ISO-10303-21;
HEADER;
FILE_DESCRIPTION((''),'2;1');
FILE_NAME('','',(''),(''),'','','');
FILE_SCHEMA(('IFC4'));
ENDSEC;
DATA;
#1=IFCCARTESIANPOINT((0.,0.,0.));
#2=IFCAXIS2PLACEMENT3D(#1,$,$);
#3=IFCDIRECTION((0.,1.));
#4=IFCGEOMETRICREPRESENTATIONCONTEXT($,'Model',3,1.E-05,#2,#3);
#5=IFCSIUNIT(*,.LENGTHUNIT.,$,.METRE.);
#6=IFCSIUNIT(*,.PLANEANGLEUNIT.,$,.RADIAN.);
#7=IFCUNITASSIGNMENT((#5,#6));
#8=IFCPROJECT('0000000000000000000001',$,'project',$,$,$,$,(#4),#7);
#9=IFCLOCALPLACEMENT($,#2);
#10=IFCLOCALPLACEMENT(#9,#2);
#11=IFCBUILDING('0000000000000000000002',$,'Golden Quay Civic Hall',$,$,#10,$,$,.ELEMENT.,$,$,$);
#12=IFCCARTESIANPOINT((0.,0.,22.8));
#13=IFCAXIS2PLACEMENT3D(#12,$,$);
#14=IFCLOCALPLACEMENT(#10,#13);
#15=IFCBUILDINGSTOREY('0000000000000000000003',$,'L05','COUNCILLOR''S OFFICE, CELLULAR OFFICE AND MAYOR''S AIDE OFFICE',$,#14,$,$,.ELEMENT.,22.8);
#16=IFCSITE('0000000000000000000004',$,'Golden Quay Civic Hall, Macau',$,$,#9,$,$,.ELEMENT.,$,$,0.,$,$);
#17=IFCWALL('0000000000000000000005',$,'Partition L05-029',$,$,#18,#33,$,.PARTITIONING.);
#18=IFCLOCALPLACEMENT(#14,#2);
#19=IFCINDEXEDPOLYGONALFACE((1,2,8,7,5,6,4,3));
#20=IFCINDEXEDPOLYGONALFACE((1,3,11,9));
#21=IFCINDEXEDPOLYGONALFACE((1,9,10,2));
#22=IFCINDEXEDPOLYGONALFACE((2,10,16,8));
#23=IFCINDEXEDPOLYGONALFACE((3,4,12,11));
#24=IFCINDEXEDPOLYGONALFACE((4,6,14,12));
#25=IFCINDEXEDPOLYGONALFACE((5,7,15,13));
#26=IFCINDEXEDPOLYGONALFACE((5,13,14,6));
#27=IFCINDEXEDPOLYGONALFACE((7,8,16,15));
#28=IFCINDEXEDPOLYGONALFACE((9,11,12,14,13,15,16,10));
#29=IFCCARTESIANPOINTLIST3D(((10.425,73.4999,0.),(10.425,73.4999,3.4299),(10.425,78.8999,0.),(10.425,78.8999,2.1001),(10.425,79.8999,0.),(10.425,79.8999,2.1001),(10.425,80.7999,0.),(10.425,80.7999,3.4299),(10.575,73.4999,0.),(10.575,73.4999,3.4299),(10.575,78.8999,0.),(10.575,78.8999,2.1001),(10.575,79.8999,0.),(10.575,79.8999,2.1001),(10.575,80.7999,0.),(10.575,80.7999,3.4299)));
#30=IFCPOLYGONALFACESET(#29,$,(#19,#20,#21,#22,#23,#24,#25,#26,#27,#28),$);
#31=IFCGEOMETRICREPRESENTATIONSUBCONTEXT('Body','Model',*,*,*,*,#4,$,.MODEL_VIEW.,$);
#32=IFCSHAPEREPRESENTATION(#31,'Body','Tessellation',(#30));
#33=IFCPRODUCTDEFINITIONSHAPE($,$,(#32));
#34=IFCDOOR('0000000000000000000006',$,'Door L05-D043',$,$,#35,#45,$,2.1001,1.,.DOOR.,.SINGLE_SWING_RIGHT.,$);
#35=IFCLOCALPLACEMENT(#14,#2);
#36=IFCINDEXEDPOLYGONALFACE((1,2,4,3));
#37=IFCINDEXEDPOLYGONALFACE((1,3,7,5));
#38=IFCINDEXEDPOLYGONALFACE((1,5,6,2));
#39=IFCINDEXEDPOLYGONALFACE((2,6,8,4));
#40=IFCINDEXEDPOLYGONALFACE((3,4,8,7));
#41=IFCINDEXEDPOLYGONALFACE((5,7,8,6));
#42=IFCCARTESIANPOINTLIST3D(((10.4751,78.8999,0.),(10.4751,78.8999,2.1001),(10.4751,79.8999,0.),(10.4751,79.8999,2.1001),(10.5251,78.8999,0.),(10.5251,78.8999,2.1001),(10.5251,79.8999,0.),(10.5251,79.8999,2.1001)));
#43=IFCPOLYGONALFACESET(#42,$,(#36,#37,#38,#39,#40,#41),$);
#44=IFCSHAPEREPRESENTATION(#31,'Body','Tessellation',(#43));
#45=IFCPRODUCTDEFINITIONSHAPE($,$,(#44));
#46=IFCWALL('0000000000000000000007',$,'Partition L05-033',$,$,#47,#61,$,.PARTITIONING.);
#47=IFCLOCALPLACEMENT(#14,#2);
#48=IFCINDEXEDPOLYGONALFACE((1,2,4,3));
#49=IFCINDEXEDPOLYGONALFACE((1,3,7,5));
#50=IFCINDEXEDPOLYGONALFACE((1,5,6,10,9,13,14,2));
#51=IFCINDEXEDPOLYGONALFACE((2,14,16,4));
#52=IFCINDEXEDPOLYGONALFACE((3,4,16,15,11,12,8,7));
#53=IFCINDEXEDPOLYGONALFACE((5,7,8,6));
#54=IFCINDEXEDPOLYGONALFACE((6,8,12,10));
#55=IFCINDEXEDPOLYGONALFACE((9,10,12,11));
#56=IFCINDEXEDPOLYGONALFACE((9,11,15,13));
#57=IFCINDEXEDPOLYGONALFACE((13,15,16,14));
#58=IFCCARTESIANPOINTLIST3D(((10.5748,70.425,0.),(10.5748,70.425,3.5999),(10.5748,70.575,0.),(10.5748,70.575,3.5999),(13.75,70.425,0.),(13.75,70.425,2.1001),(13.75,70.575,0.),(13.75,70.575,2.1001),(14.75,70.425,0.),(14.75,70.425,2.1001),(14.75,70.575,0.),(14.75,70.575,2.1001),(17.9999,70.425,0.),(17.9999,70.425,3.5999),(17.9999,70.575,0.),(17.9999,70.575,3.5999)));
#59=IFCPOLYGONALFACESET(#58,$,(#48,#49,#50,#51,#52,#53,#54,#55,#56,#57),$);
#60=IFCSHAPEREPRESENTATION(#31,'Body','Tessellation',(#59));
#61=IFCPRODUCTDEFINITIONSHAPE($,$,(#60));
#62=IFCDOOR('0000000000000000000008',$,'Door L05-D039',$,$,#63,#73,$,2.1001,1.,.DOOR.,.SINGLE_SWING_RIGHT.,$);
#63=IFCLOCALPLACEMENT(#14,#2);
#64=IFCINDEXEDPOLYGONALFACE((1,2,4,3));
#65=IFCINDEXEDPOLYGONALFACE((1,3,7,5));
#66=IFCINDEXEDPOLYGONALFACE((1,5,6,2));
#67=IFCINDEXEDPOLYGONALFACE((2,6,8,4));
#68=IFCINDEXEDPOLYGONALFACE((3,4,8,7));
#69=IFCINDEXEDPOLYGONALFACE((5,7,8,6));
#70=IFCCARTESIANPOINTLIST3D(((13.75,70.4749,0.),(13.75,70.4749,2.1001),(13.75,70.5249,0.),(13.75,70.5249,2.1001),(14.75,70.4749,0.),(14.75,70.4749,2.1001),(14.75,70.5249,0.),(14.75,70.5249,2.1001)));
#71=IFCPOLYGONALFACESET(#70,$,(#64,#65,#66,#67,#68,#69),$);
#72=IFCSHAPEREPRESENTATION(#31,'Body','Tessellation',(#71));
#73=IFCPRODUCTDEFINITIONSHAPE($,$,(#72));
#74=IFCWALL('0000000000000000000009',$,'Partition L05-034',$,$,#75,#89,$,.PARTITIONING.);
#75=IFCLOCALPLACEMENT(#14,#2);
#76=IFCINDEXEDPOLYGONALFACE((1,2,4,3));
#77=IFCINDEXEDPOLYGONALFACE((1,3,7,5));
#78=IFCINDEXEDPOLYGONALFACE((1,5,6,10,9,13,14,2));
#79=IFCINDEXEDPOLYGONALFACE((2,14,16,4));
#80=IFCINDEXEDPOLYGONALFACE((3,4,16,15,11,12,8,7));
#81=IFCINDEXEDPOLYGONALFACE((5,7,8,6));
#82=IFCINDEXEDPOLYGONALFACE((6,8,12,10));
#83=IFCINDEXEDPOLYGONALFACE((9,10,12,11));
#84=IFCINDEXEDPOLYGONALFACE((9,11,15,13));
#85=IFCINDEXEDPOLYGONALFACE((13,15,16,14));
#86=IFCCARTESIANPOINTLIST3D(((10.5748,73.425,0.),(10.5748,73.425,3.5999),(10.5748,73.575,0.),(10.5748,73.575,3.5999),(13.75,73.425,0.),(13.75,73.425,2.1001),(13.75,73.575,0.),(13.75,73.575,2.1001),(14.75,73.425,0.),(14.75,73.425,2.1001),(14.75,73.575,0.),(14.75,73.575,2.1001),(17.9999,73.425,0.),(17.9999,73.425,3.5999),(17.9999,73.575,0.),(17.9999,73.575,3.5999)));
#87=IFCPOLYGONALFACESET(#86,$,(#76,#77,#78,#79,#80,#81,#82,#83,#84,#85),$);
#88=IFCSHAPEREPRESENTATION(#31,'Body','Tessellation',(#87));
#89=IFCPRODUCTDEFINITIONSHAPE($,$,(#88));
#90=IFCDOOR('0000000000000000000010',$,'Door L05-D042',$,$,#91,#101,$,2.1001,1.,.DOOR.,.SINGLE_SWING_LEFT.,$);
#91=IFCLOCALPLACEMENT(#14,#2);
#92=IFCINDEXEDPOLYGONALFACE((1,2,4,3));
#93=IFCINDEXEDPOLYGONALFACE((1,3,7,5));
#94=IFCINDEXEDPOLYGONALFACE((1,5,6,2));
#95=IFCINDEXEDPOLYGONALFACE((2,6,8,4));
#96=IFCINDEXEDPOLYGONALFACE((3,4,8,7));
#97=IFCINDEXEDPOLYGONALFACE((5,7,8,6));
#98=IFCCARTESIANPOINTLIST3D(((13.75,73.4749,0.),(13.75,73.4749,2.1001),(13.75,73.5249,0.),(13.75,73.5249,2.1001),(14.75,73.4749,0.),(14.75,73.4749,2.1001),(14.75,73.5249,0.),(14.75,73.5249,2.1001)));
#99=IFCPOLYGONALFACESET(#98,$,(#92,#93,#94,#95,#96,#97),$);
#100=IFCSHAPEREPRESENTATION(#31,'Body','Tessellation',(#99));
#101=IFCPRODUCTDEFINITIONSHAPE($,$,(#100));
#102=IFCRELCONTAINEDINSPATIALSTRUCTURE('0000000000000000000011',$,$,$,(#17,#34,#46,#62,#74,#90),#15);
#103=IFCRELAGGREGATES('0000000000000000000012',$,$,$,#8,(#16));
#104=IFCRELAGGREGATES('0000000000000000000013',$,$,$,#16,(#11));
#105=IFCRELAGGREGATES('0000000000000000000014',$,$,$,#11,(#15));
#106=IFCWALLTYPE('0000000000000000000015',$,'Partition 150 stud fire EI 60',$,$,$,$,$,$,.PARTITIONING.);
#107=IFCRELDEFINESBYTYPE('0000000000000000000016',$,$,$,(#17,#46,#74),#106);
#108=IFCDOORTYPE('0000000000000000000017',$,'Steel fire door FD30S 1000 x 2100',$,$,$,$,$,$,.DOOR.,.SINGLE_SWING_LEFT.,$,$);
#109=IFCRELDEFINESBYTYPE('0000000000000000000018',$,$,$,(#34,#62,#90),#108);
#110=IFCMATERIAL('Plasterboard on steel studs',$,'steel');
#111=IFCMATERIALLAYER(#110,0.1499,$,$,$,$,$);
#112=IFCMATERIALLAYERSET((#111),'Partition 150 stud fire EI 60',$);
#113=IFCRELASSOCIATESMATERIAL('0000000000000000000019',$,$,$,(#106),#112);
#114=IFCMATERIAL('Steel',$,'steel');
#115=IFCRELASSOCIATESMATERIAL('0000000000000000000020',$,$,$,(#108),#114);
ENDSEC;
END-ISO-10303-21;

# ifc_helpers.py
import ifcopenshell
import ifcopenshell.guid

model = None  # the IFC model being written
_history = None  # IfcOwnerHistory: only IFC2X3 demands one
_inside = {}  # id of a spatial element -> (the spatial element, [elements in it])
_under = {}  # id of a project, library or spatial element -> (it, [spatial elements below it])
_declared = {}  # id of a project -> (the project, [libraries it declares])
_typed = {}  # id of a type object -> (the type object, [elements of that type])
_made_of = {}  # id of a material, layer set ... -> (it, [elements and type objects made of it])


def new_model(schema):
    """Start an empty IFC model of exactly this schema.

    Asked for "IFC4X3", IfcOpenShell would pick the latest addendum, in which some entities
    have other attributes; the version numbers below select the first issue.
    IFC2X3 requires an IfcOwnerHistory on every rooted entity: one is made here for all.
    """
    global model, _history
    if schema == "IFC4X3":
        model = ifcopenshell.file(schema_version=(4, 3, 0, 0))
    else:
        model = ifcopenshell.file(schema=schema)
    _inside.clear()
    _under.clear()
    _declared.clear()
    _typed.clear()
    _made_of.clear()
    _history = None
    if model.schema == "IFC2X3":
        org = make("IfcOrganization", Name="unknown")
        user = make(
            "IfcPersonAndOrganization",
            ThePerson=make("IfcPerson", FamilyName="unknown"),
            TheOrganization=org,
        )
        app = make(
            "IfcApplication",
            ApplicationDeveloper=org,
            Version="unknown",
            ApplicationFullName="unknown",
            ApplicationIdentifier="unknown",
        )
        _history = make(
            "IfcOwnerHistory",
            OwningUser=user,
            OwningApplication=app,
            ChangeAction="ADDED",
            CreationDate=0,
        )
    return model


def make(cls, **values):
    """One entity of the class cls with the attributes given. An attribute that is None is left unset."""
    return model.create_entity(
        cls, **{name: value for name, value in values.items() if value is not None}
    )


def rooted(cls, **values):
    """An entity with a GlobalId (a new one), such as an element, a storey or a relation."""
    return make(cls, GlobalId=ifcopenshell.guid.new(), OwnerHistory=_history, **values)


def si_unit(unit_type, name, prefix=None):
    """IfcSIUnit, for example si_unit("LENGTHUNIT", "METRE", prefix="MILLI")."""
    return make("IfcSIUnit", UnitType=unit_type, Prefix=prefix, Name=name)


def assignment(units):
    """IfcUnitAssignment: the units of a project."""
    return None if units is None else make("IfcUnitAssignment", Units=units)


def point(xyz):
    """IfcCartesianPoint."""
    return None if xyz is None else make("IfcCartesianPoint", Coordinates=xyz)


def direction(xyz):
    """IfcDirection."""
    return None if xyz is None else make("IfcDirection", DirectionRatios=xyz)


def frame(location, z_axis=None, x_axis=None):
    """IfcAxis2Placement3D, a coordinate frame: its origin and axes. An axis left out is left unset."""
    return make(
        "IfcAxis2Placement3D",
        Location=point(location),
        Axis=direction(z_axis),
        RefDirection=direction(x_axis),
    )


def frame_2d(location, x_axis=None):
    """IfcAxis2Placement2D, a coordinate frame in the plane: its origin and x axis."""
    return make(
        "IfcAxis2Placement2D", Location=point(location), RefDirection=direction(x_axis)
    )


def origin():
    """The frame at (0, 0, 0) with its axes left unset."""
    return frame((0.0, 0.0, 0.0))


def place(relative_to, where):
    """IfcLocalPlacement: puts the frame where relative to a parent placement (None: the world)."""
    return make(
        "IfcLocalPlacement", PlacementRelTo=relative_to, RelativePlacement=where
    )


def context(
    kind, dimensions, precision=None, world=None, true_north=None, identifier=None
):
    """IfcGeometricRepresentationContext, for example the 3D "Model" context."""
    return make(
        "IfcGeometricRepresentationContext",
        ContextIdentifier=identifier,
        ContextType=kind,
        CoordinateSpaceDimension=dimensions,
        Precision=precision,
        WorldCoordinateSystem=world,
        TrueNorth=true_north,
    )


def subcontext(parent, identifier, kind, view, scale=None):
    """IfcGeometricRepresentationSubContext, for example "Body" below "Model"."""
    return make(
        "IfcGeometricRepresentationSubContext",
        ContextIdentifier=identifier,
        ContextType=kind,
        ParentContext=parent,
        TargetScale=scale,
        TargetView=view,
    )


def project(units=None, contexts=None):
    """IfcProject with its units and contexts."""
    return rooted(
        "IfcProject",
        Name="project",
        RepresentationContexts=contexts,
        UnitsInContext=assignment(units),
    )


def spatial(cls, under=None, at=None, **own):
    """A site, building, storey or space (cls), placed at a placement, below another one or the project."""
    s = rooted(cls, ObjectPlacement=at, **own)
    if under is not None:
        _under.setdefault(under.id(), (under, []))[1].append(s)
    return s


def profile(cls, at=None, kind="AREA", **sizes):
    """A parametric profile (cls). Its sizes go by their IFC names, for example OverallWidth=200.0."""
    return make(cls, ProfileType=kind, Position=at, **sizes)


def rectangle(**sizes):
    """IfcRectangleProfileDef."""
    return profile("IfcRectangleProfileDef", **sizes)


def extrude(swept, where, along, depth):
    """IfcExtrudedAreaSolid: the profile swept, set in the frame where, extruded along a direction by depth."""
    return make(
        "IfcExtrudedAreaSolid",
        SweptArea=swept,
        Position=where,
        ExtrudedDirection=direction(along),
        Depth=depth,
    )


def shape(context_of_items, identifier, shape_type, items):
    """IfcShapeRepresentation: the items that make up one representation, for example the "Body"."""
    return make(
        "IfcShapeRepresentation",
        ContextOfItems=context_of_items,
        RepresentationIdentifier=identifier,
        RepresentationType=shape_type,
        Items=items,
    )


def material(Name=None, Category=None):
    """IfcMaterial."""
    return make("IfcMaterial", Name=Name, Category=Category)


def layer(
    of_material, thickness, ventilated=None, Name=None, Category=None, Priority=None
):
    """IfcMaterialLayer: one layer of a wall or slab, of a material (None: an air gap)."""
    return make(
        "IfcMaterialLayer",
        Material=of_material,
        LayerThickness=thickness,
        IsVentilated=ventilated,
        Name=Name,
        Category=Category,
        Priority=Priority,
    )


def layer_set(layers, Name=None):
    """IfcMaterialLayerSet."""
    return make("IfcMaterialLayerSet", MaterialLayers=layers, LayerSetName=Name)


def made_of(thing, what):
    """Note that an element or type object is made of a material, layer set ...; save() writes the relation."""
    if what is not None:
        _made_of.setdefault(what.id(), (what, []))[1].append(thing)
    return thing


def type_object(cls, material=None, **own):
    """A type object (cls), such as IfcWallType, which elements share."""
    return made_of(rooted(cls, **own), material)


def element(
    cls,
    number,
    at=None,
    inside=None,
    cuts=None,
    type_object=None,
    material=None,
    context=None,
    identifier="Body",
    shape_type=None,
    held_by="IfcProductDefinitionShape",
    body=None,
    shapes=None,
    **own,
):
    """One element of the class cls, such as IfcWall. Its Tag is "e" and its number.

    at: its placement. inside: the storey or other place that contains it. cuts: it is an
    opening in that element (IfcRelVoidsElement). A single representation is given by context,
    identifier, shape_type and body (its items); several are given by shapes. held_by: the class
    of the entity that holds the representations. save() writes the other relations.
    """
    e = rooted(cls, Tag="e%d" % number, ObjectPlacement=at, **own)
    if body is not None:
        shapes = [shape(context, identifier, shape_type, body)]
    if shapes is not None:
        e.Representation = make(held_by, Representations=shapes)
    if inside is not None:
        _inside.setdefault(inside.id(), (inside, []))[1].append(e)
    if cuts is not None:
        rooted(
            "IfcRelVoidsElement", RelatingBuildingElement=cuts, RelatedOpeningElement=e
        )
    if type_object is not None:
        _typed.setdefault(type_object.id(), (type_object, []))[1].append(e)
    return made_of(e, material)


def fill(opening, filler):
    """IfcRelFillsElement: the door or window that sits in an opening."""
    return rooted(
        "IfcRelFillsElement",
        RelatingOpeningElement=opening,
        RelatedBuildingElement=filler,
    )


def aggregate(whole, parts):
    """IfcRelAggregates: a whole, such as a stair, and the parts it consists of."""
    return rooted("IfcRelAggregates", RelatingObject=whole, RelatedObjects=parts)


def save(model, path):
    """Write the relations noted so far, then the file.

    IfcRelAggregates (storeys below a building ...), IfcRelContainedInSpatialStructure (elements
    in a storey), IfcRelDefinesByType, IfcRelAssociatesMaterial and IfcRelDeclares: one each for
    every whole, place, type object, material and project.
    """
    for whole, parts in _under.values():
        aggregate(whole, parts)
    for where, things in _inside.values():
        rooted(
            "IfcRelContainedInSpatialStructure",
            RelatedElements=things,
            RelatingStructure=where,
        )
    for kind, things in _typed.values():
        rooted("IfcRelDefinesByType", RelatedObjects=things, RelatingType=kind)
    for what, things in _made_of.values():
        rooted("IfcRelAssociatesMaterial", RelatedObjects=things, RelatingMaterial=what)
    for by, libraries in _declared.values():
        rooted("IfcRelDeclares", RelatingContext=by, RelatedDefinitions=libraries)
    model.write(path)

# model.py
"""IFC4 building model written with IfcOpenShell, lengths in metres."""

from ifc_helpers import new_model, si_unit, direction, frame, frame_2d, origin, place, context, subcontext, project, spatial, rectangle, extrude, material, layer, layer_set, type_object, element, fill, save


model = new_model("IFC4")

# Units and contexts
model_context = context("Model", 3, precision=1e-05, world=origin(), true_north=direction((0.0, 1.0)))
body_context = subcontext(model_context, "Body", "Model", "MODEL_VIEW")
ifc_project = project(units=[si_unit("LENGTHUNIT", "METRE"), si_unit("PLANEANGLEUNIT", "RADIAN")], contexts=[model_context])

# Site, building, storey
site_placement = place(None, origin())
site = spatial("IfcSite", under=ifc_project, at=site_placement, Name="Golden Quay Civic Hall, Macau", CompositionType="ELEMENT", RefElevation=0.0)
building_placement = place(site_placement, origin())
building = spatial("IfcBuilding", under=site, at=building_placement, Name="Golden Quay Civic Hall", CompositionType="ELEMENT")
storey_placement = place(building_placement, frame((0.0, 0.0, 22.8)))
storey = spatial("IfcBuildingStorey", under=building, at=storey_placement, Name="L05", Description="COUNCILLOR'S OFFICE, CELLULAR OFFICE AND MAYOR'S AIDE OFFICE", CompositionType="ELEMENT", Elevation=22.8)

# Walls, openings, doors
ifc_material_1 = material(Name="Plasterboard on steel studs", Category="steel")
ifc_layer_1 = layer(ifc_material_1, 0.1499)
ifc_layer_set_1 = layer_set([ifc_layer_1], Name="Partition 150 stud fire EI 60")
wall_type_1 = type_object("IfcWallType", Name="Partition 150 stud fire EI 60", PredefinedType="PARTITIONING", material=ifc_layer_set_1)
wall_1_placement = place(storey_placement, frame((10.5, 73.5, 0.0), z_axis=(0.0, 0.0, 1.0), x_axis=(0.0, 1.0, 0.0)))
wall_1 = element("IfcWall", 1, at=wall_1_placement, inside=storey, type_object=wall_type_1, Name="Partition L05-029", PredefinedType="PARTITIONING", context=body_context, shape_type="SweptSolid", body=[
    extrude(rectangle(XDim=7.3, YDim=0.1499, at=frame_2d((3.6499, 0.0))), origin(), (0.0, 0.0, 1.0), 3.4299),
])
opening_1_placement = place(wall_1_placement, frame((5.3999, 0.0, 0.0)))
opening_1 = element("IfcOpeningElement", 2, at=opening_1_placement, cuts=wall_1, PredefinedType="OPENING", context=body_context, shape_type="SweptSolid", body=[
    extrude(rectangle(XDim=1.0, YDim=2.1001, at=frame_2d((0.5, 1.05))), frame((0.0, 0.085, 0.0), z_axis=(0.0, -1.0, 0.0), x_axis=(1.0, 0.0, 0.0)), (0.0, 0.0, 1.0), 0.1699),
])
ifc_material_2 = material(Name="Steel", Category="steel")
door_type = type_object("IfcDoorType", Name="Steel fire door FD30S 1000 x 2100", OperationType="SINGLE_SWING_LEFT", PredefinedType="DOOR", material=ifc_material_2)
door_1_placement = place(opening_1_placement, frame((1.0, 0.0, 0.0), z_axis=(0.0, 0.0, 1.0), x_axis=(-1.0, 0.0, 0.0)))
door_1 = element("IfcDoor", 3, at=door_1_placement, inside=storey, type_object=door_type, Name="Door L05-D043", OperationType="SINGLE_SWING_RIGHT", OverallHeight=2.1001, OverallWidth=1.0, PredefinedType="DOOR", context=body_context, shape_type="SweptSolid", body=[
    extrude(rectangle(XDim=1.0, YDim=2.1001, at=frame_2d((0.5, 1.05))), frame((0.0, 0.0251, 0.0), z_axis=(0.0, -1.0, 0.0), x_axis=(1.0, 0.0, 0.0)), (0.0, 0.0, 1.0), 0.05),
])
fill(opening_1, door_1)
wall_2_placement = place(storey_placement, frame((10.575, 70.5, 0.0), z_axis=(0.0, 0.0, 1.0), x_axis=(1.0, 0.0, 0.0)))
wall_2 = element("IfcWall", 4, at=wall_2_placement, inside=storey, type_object=wall_type_1, Name="Partition L05-033", PredefinedType="PARTITIONING", context=body_context, shape_type="SweptSolid", body=[
    extrude(rectangle(XDim=7.425, YDim=0.1499, at=frame_2d((3.7124, 0.0))), origin(), (0.0, 0.0, 1.0), 3.5999),
])
opening_2_placement = place(wall_2_placement, frame((3.175, 0.0, 0.0)))
opening_2 = element("IfcOpeningElement", 5, at=opening_2_placement, cuts=wall_2, PredefinedType="OPENING", context=body_context, shape_type="SweptSolid", body=[
    extrude(rectangle(XDim=1.0, YDim=2.1001, at=frame_2d((0.5, 1.05))), frame((0.0, 0.085, 0.0), z_axis=(0.0, -1.0, 0.0), x_axis=(1.0, 0.0, 0.0)), (0.0, 0.0, 1.0), 0.1699),
])
door_2_placement = place(opening_2_placement, frame((1.0, 0.0, 0.0), z_axis=(0.0, 0.0, 1.0), x_axis=(-1.0, 0.0, 0.0)))
door_2 = element("IfcDoor", 6, at=door_2_placement, inside=storey, type_object=door_type, Name="Door L05-D039", OperationType="SINGLE_SWING_RIGHT", OverallHeight=2.1001, OverallWidth=1.0, PredefinedType="DOOR", context=body_context, shape_type="SweptSolid", body=[
    extrude(rectangle(XDim=1.0, YDim=2.1001, at=frame_2d((0.5, 1.05))), frame((0.0, 0.0251, 0.0), z_axis=(0.0, -1.0, 0.0), x_axis=(1.0, 0.0, 0.0)), (0.0, 0.0, 1.0), 0.05),
])
fill(opening_2, door_2)
wall_3_placement = place(storey_placement, frame((10.575, 73.5, 0.0), z_axis=(0.0, 0.0, 1.0), x_axis=(1.0, 0.0, 0.0)))
wall_3 = element("IfcWall", 7, at=wall_3_placement, inside=storey, type_object=wall_type_1, Name="Partition L05-034", PredefinedType="PARTITIONING", context=body_context, shape_type="SweptSolid", body=[
    extrude(rectangle(XDim=7.425, YDim=0.1499, at=frame_2d((3.7124, 0.0))), origin(), (0.0, 0.0, 1.0), 3.5999),
])
opening_3_placement = place(wall_3_placement, frame((3.175, 0.0, 0.0)))
opening_3 = element("IfcOpeningElement", 8, at=opening_3_placement, cuts=wall_3, PredefinedType="OPENING", context=body_context, shape_type="SweptSolid", body=[
    extrude(rectangle(XDim=1.0, YDim=2.1001, at=frame_2d((0.5, 1.05))), frame((0.0, 0.085, 0.0), z_axis=(0.0, -1.0, 0.0), x_axis=(1.0, 0.0, 0.0)), (0.0, 0.0, 1.0), 0.1699),
])
door_3_placement = place(opening_3_placement, origin())
door_3 = element("IfcDoor", 9, at=door_3_placement, inside=storey, type_object=door_type, Name="Door L05-D042", OperationType="SINGLE_SWING_LEFT", OverallHeight=2.1001, OverallWidth=1.0, PredefinedType="DOOR", context=body_context, shape_type="SweptSolid", body=[
    extrude(rectangle(XDim=1.0, YDim=2.1001, at=frame_2d((0.5, 1.05))), frame((0.0, 0.0249, 0.0), z_axis=(0.0, -1.0, 0.0), x_axis=(1.0, 0.0, 0.0)), (0.0, 0.0, 1.0), 0.05),
])
fill(opening_3, door_3)

save(model, "model.ifc")
